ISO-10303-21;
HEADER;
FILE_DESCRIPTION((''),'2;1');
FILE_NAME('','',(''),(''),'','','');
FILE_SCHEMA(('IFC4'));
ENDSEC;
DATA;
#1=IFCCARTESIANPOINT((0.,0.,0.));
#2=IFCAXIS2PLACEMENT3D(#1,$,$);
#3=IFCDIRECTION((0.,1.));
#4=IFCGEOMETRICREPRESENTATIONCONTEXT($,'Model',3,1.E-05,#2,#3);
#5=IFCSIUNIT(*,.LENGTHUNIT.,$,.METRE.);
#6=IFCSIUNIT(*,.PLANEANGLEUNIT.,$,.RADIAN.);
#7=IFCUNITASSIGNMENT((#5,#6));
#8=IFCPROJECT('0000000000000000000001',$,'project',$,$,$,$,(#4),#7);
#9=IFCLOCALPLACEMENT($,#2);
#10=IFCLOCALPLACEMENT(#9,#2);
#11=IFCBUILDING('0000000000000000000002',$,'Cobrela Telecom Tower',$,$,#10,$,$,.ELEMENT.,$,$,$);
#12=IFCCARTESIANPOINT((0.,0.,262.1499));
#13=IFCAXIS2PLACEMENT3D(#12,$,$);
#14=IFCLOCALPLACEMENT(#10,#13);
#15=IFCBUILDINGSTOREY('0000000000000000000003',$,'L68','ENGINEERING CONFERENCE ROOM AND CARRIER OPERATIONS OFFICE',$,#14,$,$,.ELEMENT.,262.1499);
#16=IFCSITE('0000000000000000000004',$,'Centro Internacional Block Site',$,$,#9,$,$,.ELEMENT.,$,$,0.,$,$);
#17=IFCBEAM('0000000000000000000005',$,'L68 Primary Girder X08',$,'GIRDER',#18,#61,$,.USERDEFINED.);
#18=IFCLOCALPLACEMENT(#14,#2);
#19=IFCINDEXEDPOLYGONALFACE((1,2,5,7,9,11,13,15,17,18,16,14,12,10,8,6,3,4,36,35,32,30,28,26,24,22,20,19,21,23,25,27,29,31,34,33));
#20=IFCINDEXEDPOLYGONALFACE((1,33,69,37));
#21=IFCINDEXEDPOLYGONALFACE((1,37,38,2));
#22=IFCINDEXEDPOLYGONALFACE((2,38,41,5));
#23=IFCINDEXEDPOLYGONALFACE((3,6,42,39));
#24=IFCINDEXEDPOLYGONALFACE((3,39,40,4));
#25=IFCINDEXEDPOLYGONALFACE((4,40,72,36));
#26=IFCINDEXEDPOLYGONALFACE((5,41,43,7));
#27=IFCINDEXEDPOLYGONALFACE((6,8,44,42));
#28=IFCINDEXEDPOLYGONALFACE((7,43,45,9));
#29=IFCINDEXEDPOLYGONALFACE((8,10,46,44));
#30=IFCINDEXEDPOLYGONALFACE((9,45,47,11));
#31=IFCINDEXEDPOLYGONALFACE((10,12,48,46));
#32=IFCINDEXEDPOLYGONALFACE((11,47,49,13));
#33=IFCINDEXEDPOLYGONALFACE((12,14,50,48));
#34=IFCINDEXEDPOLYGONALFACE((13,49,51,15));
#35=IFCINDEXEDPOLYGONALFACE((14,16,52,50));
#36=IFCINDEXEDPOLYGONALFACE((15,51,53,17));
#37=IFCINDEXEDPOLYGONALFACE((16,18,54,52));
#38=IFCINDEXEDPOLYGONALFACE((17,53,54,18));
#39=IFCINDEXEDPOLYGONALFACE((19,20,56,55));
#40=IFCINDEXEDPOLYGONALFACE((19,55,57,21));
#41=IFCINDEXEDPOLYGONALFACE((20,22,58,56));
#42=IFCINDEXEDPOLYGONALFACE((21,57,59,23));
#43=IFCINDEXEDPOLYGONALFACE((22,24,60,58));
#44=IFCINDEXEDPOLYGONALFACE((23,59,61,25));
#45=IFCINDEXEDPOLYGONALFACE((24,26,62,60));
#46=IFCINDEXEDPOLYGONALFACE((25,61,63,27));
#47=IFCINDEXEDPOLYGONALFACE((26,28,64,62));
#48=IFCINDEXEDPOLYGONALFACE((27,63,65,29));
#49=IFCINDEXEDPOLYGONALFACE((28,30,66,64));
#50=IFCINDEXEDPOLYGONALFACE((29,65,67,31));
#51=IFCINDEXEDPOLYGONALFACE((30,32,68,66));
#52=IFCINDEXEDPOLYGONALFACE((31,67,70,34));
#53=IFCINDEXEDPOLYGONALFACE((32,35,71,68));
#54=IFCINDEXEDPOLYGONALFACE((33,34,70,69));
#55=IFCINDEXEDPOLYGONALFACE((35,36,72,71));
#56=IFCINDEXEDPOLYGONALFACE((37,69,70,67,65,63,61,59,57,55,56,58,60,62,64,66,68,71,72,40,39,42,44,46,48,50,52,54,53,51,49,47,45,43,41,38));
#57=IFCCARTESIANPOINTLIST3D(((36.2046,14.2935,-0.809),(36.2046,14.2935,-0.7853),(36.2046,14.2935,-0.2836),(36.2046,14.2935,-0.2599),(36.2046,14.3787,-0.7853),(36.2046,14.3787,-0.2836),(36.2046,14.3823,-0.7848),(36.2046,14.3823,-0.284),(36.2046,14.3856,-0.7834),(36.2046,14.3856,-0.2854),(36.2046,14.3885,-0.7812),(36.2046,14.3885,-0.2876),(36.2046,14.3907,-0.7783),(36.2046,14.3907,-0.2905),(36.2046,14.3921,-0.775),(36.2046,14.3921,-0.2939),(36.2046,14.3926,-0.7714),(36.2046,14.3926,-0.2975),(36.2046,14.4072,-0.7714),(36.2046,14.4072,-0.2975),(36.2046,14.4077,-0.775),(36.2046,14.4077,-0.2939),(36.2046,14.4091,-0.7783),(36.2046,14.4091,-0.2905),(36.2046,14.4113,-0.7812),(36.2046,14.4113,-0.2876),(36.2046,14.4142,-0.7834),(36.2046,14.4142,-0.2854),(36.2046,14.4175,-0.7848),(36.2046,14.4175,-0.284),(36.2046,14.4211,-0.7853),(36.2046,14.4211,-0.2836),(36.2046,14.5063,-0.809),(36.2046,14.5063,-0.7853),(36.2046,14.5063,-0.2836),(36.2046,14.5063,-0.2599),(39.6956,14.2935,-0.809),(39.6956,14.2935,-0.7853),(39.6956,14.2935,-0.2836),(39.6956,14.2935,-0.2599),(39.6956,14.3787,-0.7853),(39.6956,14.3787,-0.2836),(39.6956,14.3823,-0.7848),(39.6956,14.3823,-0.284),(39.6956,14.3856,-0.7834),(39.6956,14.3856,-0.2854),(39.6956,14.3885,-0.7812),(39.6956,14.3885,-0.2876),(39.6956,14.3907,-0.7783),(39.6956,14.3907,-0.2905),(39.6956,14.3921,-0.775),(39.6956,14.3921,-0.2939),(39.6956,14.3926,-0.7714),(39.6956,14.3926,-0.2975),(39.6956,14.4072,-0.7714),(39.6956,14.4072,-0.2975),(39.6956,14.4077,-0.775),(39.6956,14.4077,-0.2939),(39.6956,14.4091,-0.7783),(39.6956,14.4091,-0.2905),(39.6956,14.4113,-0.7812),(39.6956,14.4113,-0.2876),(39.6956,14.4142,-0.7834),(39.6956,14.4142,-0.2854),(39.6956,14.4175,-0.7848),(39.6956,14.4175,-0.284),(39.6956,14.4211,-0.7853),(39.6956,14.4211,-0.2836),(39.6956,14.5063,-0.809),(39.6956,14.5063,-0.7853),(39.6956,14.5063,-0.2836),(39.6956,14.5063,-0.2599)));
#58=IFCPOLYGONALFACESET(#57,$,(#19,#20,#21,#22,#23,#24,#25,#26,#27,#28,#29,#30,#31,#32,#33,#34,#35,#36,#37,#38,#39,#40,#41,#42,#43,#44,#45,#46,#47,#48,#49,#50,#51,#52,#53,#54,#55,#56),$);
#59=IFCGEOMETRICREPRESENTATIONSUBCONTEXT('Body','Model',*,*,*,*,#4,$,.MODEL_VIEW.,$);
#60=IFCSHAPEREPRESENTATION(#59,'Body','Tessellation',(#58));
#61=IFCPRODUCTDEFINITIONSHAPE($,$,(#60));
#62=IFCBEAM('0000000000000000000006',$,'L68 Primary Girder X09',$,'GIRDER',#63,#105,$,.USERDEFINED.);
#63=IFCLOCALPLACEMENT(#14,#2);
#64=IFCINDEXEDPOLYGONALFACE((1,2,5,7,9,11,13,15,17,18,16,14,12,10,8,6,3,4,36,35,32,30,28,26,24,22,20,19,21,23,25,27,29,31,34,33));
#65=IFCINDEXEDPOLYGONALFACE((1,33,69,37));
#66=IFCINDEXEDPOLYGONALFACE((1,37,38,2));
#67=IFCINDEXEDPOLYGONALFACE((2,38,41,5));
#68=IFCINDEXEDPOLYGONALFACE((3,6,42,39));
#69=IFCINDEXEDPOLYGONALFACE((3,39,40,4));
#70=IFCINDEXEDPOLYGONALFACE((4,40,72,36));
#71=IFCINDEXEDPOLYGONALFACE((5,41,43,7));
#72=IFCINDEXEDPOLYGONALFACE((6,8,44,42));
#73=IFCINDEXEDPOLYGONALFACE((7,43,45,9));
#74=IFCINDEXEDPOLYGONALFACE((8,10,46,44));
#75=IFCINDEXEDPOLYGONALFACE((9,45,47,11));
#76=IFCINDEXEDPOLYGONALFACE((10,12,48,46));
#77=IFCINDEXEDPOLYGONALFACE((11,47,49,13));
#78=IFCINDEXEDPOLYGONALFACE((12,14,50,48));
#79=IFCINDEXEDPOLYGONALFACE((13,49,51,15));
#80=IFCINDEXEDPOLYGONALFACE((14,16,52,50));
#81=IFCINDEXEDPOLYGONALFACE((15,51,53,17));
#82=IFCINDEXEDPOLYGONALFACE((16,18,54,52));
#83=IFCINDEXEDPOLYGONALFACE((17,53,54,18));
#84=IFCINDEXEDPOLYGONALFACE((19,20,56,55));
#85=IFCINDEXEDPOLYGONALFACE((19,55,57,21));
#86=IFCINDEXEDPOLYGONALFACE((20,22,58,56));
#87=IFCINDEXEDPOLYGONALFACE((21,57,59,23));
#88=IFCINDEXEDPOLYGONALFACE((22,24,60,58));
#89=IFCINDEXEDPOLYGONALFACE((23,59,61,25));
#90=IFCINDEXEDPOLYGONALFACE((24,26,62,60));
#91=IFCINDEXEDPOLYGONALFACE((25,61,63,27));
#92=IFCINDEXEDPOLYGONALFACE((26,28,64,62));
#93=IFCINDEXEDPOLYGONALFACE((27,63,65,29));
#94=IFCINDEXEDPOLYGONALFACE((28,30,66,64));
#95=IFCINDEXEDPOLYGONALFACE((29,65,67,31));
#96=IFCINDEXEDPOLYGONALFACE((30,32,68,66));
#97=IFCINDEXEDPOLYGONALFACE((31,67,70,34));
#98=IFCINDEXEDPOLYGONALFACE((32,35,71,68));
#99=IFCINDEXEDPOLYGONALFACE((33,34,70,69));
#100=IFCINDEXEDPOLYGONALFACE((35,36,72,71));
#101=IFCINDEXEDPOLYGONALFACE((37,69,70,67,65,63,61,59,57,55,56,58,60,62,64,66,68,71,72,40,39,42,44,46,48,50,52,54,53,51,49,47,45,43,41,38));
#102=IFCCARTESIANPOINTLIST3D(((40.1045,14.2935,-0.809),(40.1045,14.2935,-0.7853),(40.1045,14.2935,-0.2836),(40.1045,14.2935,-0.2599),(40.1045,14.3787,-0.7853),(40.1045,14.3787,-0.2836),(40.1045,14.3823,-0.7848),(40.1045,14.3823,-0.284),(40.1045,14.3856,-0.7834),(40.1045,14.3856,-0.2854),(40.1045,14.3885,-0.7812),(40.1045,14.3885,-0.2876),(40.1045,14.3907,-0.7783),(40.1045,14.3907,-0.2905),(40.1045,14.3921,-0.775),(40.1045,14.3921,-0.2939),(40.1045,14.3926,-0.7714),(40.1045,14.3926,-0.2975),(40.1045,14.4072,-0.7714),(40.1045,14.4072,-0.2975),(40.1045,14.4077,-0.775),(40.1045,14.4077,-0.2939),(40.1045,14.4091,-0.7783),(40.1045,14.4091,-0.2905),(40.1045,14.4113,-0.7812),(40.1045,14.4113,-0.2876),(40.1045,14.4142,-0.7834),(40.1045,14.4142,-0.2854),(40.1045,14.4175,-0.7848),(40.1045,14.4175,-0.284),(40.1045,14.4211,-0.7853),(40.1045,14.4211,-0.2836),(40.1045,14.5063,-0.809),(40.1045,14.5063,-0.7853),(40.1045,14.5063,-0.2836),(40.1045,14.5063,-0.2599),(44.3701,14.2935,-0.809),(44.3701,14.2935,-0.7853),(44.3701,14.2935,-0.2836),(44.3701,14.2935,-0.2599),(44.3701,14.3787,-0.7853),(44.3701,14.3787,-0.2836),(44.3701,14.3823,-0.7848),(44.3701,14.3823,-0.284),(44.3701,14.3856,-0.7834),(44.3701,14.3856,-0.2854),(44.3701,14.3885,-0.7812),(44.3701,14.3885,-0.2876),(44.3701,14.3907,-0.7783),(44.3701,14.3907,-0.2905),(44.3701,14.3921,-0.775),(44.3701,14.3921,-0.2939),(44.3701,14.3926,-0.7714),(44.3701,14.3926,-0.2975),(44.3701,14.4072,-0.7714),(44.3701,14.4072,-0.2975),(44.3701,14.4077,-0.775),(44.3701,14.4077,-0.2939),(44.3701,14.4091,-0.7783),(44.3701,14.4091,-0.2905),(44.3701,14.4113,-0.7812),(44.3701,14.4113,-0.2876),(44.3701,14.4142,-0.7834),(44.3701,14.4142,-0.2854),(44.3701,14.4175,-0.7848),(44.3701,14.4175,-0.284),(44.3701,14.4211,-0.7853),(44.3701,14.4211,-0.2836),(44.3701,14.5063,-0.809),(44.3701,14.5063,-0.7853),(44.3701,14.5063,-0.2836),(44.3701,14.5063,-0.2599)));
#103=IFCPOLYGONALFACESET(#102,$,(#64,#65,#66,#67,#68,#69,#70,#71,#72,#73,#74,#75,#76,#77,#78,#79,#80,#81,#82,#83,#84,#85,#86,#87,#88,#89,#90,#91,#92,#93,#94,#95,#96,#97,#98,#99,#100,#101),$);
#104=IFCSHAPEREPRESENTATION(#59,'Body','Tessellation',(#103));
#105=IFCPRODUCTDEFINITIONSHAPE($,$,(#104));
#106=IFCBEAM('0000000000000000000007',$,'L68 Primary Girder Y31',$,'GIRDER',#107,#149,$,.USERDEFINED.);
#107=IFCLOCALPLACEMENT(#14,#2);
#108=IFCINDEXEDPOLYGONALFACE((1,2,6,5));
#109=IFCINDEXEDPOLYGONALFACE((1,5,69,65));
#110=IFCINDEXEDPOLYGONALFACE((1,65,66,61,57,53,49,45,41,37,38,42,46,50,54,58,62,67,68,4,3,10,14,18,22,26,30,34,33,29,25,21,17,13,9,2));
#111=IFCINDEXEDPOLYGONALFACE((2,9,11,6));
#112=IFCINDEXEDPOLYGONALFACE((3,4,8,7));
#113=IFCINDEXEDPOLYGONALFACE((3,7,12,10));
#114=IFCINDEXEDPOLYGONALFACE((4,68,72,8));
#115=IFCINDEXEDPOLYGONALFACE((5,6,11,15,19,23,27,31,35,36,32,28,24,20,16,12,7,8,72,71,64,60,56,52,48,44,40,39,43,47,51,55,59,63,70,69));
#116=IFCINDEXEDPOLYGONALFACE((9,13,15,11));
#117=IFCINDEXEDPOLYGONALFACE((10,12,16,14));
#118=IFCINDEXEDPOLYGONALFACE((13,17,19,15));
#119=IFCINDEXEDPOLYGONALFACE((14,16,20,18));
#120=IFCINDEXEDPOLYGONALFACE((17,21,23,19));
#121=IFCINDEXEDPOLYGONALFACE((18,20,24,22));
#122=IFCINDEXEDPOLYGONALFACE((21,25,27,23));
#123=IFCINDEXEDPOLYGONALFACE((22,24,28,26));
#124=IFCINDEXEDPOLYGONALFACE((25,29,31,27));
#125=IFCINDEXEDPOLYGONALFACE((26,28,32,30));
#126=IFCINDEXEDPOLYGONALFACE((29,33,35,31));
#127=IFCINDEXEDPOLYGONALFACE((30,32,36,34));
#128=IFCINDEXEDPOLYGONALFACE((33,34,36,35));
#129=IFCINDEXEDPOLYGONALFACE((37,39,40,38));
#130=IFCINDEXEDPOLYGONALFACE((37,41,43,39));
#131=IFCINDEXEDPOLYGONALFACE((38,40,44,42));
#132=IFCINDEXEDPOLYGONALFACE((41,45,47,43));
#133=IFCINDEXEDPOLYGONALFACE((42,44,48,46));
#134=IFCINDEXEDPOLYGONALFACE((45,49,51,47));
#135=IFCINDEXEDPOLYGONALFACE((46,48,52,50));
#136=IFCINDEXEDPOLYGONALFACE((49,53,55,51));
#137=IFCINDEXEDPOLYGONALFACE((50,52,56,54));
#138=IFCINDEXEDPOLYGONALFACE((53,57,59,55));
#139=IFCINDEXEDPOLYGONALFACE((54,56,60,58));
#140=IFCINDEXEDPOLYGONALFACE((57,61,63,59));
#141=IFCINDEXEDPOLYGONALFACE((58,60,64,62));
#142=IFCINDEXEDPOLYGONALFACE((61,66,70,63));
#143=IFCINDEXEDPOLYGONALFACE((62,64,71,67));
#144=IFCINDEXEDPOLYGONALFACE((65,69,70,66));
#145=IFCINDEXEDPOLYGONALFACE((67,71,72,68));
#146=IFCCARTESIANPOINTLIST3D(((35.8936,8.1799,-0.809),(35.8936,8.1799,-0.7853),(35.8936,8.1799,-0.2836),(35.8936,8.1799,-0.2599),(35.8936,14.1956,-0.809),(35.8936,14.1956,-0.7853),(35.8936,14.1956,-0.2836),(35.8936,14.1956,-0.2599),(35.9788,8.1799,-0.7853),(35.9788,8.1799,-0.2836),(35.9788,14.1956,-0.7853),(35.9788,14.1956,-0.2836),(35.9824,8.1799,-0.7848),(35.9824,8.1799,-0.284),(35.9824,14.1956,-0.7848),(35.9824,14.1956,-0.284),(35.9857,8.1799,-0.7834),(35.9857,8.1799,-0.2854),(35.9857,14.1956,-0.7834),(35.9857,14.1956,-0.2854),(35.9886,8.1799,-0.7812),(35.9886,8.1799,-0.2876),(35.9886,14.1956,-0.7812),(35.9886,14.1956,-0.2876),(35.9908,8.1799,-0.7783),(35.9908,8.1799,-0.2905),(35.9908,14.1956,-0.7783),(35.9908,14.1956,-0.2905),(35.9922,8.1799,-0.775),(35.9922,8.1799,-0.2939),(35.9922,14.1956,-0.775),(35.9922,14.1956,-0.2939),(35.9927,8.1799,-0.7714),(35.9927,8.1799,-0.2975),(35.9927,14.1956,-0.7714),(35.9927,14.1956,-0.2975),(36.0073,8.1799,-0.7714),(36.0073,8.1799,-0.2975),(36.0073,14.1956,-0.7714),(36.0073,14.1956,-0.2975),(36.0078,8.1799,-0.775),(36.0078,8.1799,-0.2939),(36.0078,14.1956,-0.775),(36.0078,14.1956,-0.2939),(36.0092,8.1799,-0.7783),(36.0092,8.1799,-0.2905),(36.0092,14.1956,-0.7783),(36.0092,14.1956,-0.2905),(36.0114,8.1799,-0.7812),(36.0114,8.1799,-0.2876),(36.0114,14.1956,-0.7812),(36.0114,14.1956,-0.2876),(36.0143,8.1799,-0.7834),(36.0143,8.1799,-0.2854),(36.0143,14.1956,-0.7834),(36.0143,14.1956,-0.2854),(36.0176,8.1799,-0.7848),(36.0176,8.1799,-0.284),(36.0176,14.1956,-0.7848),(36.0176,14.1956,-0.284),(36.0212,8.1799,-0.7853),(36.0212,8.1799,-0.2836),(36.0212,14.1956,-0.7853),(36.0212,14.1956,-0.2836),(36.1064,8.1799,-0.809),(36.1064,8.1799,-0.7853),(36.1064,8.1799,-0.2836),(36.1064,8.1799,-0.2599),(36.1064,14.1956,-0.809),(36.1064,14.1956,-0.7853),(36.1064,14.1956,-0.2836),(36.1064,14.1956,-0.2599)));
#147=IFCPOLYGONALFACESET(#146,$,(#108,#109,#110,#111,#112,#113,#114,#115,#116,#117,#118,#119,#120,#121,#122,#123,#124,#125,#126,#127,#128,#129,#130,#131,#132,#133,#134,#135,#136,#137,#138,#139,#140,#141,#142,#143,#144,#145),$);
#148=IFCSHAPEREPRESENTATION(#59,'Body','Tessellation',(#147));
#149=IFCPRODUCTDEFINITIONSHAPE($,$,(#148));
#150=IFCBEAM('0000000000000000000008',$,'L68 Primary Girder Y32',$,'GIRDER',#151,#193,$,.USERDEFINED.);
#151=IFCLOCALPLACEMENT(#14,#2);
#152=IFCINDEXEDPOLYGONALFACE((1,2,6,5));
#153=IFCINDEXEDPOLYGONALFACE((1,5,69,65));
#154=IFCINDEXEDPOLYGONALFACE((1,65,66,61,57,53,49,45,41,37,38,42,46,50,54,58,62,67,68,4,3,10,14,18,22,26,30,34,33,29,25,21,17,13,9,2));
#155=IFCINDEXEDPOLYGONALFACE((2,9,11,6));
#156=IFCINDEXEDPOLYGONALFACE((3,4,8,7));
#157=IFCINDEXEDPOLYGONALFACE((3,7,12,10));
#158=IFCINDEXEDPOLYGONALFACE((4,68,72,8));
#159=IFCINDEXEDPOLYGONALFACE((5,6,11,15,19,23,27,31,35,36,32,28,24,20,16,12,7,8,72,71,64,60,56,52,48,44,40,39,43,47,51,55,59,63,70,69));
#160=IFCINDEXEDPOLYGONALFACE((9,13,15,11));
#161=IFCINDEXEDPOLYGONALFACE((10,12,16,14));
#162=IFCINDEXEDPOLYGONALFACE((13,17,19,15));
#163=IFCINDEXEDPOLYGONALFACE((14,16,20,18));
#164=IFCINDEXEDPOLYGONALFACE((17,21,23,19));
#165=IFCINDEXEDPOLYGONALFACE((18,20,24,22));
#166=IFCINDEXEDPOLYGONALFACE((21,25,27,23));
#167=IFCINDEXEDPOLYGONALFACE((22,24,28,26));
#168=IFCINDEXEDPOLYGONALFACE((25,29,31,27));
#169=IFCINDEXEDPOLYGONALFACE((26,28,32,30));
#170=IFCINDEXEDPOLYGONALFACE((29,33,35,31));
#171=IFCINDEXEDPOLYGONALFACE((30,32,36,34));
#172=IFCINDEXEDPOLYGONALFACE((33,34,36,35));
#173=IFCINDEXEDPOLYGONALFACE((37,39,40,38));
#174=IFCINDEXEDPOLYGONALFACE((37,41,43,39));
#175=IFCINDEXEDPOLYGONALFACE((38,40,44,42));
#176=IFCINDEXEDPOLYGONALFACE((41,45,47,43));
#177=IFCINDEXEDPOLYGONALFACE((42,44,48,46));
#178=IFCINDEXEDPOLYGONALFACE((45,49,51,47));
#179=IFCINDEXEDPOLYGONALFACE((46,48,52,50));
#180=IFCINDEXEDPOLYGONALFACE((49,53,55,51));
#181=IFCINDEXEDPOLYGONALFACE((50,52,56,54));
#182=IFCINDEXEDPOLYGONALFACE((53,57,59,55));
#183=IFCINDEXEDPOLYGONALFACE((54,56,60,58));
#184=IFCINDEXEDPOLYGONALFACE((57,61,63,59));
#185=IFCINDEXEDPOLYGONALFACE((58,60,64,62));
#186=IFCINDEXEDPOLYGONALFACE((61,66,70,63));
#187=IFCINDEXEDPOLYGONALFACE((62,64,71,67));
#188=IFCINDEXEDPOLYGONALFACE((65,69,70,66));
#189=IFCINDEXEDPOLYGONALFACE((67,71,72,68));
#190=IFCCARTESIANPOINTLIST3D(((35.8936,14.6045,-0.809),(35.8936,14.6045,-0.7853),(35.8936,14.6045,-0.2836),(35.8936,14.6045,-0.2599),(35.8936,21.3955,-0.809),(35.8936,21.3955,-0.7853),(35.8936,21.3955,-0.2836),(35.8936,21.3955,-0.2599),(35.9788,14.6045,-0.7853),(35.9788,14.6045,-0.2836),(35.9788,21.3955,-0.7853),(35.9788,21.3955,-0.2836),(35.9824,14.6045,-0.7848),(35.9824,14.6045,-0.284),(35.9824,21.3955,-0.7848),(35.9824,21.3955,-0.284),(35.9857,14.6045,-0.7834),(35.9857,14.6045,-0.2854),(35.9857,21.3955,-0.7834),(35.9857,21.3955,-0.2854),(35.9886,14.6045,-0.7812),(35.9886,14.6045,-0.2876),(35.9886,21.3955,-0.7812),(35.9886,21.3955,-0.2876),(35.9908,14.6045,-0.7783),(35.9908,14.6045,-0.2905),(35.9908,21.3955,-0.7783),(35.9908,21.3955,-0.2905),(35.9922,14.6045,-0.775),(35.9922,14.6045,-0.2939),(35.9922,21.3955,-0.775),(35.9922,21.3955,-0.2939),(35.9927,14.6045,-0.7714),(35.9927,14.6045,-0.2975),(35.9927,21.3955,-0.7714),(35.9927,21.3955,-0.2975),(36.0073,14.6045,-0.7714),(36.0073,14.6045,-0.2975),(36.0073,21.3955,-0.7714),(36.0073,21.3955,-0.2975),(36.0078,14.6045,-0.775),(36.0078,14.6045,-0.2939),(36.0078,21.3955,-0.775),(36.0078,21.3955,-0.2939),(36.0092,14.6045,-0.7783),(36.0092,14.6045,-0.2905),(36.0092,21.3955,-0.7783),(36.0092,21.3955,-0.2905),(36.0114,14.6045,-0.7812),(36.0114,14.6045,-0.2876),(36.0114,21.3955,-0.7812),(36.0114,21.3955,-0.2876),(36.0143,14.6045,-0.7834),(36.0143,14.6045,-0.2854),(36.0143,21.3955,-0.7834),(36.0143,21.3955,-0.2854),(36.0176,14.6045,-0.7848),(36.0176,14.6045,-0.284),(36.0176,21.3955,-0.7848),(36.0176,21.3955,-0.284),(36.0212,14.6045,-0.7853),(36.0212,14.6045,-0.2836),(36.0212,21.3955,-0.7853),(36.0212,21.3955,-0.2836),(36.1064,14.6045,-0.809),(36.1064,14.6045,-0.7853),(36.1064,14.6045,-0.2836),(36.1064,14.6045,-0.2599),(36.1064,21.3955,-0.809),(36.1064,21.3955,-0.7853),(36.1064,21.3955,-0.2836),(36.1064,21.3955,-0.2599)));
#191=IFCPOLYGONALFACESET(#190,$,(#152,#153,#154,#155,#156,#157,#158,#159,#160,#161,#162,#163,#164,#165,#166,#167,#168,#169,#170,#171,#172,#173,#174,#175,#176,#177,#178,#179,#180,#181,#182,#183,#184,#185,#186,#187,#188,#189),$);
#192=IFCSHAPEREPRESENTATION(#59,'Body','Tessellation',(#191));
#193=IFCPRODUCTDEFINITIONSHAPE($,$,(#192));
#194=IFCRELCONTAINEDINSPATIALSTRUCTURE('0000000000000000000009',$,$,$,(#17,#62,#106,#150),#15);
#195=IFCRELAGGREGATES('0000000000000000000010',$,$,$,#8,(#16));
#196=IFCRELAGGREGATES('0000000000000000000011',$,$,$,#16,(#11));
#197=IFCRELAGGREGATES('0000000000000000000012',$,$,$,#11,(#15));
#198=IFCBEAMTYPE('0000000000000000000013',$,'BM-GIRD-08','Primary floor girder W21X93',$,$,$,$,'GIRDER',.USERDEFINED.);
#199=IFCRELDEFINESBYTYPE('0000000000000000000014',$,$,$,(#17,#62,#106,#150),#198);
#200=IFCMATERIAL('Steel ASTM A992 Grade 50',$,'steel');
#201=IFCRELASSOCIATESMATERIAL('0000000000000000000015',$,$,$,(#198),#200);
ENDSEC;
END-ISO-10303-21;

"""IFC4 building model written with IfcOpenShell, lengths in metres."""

from ifc_helpers import new_model, si_unit, direction, frame, origin, origin_2d, place, context, subcontext, project, spatial, i_section, extrude, material, material_profile, profile_set, type_object, element, save


model = new_model("IFC4")

# Units and contexts
model_context = context("Model", 3, precision=1e-05, world=origin(), true_north=direction((0.0, 1.0)))
body_context = subcontext(model_context, "Body", "Model", "MODEL_VIEW")
ifc_project = project(units=[si_unit("LENGTHUNIT", "METRE"), si_unit("PLANEANGLEUNIT", "RADIAN")], contexts=[model_context])

# Site, building, storey
site_placement = place(None, origin())
site = spatial("IfcSite", under=ifc_project, at=site_placement, Name="Centro Internacional Block Site", CompositionType="ELEMENT", RefElevation=0.0)
building_placement = place(site_placement, origin())
building = spatial("IfcBuilding", under=site, at=building_placement, Name="Cobrela Telecom Tower", CompositionType="ELEMENT")
storey_placement = place(building_placement, frame((0.0, 0.0, 262.1499)))
storey = spatial("IfcBuildingStorey", under=building, at=storey_placement, Name="L68", Description="ENGINEERING CONFERENCE ROOM AND CARRIER OPERATIONS OFFICE", CompositionType="ELEMENT", Elevation=262.1499)

# Shared definitions
ifc_material_1 = material(Name="Steel ASTM A992 Grade 50", Category="steel")

# Beams
ifc_material_profile_1 = material_profile(ifc_material_1, i_section(OverallWidth=0.2129, OverallDepth=0.5491, WebThickness=0.0146, FlangeThickness=0.0237, FilletRadius=0.0139, at=origin_2d()), Name="W21X93")
ifc_profile_set_1 = profile_set([ifc_material_profile_1], Name="Steel ASTM A992 Grade 50")
beam_type_1 = type_object("IfcBeamType", Name="BM-GIRD-08", Description="Primary floor girder W21X93", ElementType="GIRDER", PredefinedType="USERDEFINED", material=ifc_profile_set_1)
beam_1_placement = place(storey_placement, frame((36.2046, 14.3999, -0.5344), z_axis=(1.0, 0.0, 0.0), x_axis=(0.0, 1.0, 0.0)))
element("IfcBeam", 1, at=beam_1_placement, inside=storey, type_object=beam_type_1, Name="L68 Primary Girder X08", ObjectType="GIRDER", PredefinedType="USERDEFINED", context=body_context, shape_type="SweptSolid", body=[
    extrude(i_section(OverallWidth=0.2129, OverallDepth=0.5491, WebThickness=0.0146, FlangeThickness=0.0237, FilletRadius=0.0139, at=origin_2d()), origin(), (0.0, 0.0, 1.0), 3.491),
])
beam_2_placement = place(storey_placement, frame((40.1045, 14.3999, -0.5344), z_axis=(1.0, 0.0, 0.0), x_axis=(0.0, 1.0, 0.0)))
element("IfcBeam", 2, at=beam_2_placement, inside=storey, type_object=beam_type_1, Name="L68 Primary Girder X09", ObjectType="GIRDER", PredefinedType="USERDEFINED", context=body_context, shape_type="SweptSolid", body=[
    extrude(i_section(OverallWidth=0.2129, OverallDepth=0.5491, WebThickness=0.0146, FlangeThickness=0.0237, FilletRadius=0.0139, at=origin_2d()), origin(), (0.0, 0.0, 1.0), 4.2656),
])
beam_3_placement = place(storey_placement, frame((36.0, 8.1799, -0.5344), z_axis=(0.0, 1.0, 0.0), x_axis=(-1.0, 0.0, 0.0)))
element("IfcBeam", 3, at=beam_3_placement, inside=storey, type_object=beam_type_1, Name="L68 Primary Girder Y31", ObjectType="GIRDER", PredefinedType="USERDEFINED", context=body_context, shape_type="SweptSolid", body=[
    extrude(i_section(OverallWidth=0.2129, OverallDepth=0.5491, WebThickness=0.0146, FlangeThickness=0.0237, FilletRadius=0.0139, at=origin_2d()), origin(), (0.0, 0.0, 1.0), 6.0156),
])
for number, where, z_axis, x_axis, name in (
    (4, (36.0, 14.6045, -0.5344), (0.0, 1.0, 0.0), (-1.0, 0.0, 0.0), "L68 Primary Girder Y32"),
):
    element("IfcBeam", number, at=place(storey_placement, frame(where, z_axis=z_axis, x_axis=x_axis)), inside=storey, type_object=beam_type_1, Name=name, ObjectType="GIRDER", PredefinedType="USERDEFINED", context=body_context, shape_type="SweptSolid", body=[
        extrude(i_section(OverallWidth=0.2129, OverallDepth=0.5491, WebThickness=0.0146, FlangeThickness=0.0237, FilletRadius=0.0139, at=origin_2d()), origin(), (0.0, 0.0, 1.0), 6.791),
    ])

save(model, "model.ifc")
